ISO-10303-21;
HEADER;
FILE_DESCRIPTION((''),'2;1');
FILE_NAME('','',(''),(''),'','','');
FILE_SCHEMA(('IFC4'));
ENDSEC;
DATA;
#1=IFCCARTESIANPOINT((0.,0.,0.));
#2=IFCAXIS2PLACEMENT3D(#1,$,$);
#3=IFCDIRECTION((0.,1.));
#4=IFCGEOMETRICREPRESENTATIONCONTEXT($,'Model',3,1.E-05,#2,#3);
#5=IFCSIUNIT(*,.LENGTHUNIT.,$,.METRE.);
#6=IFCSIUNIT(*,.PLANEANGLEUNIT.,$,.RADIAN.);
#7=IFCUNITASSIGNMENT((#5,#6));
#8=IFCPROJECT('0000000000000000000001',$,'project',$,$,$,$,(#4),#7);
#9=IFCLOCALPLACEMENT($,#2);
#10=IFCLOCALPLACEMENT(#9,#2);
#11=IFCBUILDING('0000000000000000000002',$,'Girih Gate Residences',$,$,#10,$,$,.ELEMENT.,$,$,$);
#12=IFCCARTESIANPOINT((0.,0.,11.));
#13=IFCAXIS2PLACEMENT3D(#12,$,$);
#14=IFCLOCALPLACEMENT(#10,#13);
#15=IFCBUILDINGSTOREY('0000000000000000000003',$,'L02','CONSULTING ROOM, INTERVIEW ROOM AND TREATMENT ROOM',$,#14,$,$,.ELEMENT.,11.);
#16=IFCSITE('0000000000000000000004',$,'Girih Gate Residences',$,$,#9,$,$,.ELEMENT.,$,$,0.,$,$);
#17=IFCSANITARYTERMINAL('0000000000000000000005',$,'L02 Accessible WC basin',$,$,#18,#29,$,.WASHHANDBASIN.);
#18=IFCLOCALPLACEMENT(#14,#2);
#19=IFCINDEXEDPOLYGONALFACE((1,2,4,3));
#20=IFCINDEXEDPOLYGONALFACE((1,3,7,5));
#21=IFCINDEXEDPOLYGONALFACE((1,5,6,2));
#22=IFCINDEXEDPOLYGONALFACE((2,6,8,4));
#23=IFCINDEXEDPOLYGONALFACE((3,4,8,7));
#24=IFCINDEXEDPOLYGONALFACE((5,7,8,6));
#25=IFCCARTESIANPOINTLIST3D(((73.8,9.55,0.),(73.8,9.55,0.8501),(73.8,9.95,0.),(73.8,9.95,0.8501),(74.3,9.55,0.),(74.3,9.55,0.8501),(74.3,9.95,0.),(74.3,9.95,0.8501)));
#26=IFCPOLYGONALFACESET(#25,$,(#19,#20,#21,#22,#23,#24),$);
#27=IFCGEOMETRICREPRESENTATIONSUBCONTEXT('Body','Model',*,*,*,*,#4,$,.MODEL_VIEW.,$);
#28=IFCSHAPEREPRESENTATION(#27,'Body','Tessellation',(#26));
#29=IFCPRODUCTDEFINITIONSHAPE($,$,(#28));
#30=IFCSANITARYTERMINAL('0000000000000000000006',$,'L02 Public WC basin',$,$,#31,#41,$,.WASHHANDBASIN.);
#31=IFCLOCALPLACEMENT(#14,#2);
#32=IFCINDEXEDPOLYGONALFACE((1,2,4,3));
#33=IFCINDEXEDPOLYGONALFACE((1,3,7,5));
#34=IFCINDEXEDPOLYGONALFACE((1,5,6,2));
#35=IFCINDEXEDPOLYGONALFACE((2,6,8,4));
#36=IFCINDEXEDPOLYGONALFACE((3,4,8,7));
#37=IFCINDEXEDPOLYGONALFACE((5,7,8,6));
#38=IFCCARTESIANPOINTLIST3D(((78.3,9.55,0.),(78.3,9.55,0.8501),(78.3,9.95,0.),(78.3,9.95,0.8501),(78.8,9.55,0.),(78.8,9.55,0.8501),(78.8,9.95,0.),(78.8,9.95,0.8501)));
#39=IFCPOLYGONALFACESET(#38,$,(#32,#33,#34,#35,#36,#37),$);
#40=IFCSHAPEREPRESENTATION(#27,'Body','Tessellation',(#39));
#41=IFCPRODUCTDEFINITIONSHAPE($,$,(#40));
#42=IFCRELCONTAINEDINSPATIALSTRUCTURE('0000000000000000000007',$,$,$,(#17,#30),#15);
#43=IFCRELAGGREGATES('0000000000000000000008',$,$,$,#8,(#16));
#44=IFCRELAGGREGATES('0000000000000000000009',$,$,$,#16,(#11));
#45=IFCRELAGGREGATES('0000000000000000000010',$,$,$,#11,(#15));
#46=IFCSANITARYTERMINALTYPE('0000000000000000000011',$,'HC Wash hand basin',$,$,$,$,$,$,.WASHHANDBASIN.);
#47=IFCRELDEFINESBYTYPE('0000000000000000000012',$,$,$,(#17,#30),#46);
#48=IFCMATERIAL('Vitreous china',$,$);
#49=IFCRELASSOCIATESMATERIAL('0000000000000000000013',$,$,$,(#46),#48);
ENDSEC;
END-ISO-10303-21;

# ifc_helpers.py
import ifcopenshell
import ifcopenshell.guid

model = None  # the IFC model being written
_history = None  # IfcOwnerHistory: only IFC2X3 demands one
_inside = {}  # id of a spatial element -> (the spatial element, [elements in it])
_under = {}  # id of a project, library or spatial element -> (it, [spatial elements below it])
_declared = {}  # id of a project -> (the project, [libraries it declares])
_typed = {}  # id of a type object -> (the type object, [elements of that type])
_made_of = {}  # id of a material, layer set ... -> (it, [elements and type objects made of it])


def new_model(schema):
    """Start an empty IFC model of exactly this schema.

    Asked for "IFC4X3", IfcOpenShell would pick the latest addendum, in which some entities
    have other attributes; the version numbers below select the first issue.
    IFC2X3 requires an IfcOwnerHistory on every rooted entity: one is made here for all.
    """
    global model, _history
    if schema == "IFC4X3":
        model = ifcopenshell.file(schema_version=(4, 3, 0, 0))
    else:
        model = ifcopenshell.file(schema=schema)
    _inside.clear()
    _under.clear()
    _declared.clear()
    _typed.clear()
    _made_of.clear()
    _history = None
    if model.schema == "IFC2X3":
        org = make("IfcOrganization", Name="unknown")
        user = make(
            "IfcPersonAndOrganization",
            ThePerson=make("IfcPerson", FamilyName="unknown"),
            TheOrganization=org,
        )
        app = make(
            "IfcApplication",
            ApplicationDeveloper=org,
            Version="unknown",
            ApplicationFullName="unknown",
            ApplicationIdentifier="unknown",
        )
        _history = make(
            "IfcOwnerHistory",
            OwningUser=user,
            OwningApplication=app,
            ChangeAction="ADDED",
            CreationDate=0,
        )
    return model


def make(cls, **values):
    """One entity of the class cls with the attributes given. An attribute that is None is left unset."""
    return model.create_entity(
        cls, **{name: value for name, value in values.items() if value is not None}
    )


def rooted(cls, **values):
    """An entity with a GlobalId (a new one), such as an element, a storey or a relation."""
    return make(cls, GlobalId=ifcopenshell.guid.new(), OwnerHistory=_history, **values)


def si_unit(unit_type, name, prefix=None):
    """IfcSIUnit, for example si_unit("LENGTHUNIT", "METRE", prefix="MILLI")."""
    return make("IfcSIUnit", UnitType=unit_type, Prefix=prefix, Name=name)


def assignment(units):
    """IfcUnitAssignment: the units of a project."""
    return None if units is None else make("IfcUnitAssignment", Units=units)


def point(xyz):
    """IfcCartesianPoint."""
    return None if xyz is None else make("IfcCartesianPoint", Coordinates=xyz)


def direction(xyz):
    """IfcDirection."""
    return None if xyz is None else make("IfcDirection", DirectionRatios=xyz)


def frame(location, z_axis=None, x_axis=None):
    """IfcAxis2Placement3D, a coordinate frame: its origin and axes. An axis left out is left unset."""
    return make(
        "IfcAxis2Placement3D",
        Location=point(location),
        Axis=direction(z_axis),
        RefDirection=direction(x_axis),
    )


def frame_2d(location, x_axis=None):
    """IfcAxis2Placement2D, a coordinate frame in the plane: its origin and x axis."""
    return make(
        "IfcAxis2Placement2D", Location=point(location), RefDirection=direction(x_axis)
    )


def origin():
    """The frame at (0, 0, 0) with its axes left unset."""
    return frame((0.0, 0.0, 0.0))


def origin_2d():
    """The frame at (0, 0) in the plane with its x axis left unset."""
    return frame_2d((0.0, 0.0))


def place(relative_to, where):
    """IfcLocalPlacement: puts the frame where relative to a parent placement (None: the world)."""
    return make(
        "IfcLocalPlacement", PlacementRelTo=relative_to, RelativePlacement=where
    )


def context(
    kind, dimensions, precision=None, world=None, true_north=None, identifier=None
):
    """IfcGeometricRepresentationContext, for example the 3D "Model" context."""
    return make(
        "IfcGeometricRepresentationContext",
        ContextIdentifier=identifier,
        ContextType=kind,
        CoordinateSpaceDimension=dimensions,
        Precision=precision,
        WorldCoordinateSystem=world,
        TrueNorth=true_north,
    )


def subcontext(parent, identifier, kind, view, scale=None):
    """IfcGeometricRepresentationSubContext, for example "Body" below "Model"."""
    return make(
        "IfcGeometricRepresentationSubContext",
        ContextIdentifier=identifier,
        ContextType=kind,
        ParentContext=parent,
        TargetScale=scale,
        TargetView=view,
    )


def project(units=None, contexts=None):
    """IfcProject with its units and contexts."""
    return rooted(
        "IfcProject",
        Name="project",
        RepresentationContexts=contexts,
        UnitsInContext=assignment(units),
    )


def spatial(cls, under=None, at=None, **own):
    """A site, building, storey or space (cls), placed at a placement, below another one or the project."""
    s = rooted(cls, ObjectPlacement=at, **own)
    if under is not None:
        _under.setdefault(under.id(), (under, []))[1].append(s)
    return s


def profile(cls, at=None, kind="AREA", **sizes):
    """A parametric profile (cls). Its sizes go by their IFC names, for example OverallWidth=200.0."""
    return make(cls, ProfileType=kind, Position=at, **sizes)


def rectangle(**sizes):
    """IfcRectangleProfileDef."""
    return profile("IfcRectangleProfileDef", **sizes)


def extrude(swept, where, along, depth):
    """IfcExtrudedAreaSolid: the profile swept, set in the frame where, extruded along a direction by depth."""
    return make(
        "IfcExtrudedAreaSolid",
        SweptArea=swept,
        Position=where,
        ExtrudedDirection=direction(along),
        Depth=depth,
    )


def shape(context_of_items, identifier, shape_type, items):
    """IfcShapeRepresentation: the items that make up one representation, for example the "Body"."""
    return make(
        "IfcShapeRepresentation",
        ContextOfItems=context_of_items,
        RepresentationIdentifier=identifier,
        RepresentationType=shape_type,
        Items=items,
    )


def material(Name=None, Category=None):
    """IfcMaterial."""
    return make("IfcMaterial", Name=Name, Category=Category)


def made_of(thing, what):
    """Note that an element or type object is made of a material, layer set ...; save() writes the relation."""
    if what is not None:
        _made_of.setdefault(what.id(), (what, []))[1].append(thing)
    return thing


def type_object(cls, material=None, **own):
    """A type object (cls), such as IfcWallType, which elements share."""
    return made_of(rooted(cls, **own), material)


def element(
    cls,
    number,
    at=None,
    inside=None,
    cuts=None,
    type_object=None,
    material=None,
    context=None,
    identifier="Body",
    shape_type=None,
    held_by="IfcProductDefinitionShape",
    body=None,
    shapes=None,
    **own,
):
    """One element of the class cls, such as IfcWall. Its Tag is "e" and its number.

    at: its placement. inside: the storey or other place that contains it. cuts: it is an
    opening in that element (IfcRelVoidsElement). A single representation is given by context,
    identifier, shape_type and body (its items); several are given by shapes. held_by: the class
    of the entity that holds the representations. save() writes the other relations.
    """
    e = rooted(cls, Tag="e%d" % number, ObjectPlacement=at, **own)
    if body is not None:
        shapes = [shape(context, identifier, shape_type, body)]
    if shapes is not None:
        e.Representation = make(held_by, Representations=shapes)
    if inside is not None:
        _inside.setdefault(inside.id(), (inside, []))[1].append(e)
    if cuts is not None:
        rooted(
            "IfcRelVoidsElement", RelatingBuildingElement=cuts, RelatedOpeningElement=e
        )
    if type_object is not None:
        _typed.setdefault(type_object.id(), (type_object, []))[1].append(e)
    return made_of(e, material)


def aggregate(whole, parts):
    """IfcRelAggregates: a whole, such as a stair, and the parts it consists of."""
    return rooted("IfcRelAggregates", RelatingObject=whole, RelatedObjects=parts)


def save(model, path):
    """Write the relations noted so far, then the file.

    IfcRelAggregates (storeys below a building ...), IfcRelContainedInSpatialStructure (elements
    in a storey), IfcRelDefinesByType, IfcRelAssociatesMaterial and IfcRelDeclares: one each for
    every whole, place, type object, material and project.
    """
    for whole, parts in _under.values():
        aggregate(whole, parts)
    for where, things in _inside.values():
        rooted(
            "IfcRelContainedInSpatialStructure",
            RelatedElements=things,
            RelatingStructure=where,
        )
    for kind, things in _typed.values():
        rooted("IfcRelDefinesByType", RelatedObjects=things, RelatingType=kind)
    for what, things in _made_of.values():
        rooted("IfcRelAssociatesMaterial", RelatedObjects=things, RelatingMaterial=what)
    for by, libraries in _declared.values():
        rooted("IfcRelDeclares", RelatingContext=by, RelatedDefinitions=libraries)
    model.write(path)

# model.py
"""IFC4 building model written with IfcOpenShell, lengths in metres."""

from ifc_helpers import new_model, si_unit, direction, frame, origin, origin_2d, place, context, subcontext, project, spatial, rectangle, extrude, material, type_object, element, save


model = new_model("IFC4")

# Units and contexts
model_context = context("Model", 3, precision=1e-05, world=origin(), true_north=direction((0.0, 1.0)))
body_context = subcontext(model_context, "Body", "Model", "MODEL_VIEW")
ifc_project = project(units=[si_unit("LENGTHUNIT", "METRE"), si_unit("PLANEANGLEUNIT", "RADIAN")], contexts=[model_context])

# Site, building, storey
site_placement = place(None, origin())
site = spatial("IfcSite", under=ifc_project, at=site_placement, Name="Girih Gate Residences", CompositionType="ELEMENT", RefElevation=0.0)
building_placement = place(site_placement, origin())
building = spatial("IfcBuilding", under=site, at=building_placement, Name="Girih Gate Residences", CompositionType="ELEMENT")
storey_placement = place(building_placement, frame((0.0, 0.0, 11.0)))
storey = spatial("IfcBuildingStorey", under=building, at=storey_placement, Name="L02", Description="CONSULTING ROOM, INTERVIEW ROOM AND TREATMENT ROOM", CompositionType="ELEMENT", Elevation=11.0)

# Sanitary terminals
ifc_material_1 = material(Name="Vitreous china")
sanitary_terminal_type_1 = type_object("IfcSanitaryTerminalType", Name="HC Wash hand basin", PredefinedType="WASHHANDBASIN", material=ifc_material_1)
for number, where, z_axis, x_axis, name in (
    (1, (74.05, 9.75, 0.0), (0.0, 0.0, 1.0), (1.0, 0.0, 0.0), "L02 Accessible WC basin"),
    (2, (78.55, 9.75, 0.0), (0.0, 0.0, 1.0), (1.0, 0.0, 0.0), "L02 Public WC basin"),
):
    element("IfcSanitaryTerminal", number, at=place(storey_placement, frame(where, z_axis=z_axis, x_axis=x_axis)), inside=storey, type_object=sanitary_terminal_type_1, Name=name, PredefinedType="WASHHANDBASIN", context=body_context, shape_type="SweptSolid", body=[
        extrude(rectangle(XDim=0.5, YDim=0.3999, at=origin_2d()), origin(), (0.0, 0.0, 1.0), 0.8501),
    ])

save(model, "model.ifc")
